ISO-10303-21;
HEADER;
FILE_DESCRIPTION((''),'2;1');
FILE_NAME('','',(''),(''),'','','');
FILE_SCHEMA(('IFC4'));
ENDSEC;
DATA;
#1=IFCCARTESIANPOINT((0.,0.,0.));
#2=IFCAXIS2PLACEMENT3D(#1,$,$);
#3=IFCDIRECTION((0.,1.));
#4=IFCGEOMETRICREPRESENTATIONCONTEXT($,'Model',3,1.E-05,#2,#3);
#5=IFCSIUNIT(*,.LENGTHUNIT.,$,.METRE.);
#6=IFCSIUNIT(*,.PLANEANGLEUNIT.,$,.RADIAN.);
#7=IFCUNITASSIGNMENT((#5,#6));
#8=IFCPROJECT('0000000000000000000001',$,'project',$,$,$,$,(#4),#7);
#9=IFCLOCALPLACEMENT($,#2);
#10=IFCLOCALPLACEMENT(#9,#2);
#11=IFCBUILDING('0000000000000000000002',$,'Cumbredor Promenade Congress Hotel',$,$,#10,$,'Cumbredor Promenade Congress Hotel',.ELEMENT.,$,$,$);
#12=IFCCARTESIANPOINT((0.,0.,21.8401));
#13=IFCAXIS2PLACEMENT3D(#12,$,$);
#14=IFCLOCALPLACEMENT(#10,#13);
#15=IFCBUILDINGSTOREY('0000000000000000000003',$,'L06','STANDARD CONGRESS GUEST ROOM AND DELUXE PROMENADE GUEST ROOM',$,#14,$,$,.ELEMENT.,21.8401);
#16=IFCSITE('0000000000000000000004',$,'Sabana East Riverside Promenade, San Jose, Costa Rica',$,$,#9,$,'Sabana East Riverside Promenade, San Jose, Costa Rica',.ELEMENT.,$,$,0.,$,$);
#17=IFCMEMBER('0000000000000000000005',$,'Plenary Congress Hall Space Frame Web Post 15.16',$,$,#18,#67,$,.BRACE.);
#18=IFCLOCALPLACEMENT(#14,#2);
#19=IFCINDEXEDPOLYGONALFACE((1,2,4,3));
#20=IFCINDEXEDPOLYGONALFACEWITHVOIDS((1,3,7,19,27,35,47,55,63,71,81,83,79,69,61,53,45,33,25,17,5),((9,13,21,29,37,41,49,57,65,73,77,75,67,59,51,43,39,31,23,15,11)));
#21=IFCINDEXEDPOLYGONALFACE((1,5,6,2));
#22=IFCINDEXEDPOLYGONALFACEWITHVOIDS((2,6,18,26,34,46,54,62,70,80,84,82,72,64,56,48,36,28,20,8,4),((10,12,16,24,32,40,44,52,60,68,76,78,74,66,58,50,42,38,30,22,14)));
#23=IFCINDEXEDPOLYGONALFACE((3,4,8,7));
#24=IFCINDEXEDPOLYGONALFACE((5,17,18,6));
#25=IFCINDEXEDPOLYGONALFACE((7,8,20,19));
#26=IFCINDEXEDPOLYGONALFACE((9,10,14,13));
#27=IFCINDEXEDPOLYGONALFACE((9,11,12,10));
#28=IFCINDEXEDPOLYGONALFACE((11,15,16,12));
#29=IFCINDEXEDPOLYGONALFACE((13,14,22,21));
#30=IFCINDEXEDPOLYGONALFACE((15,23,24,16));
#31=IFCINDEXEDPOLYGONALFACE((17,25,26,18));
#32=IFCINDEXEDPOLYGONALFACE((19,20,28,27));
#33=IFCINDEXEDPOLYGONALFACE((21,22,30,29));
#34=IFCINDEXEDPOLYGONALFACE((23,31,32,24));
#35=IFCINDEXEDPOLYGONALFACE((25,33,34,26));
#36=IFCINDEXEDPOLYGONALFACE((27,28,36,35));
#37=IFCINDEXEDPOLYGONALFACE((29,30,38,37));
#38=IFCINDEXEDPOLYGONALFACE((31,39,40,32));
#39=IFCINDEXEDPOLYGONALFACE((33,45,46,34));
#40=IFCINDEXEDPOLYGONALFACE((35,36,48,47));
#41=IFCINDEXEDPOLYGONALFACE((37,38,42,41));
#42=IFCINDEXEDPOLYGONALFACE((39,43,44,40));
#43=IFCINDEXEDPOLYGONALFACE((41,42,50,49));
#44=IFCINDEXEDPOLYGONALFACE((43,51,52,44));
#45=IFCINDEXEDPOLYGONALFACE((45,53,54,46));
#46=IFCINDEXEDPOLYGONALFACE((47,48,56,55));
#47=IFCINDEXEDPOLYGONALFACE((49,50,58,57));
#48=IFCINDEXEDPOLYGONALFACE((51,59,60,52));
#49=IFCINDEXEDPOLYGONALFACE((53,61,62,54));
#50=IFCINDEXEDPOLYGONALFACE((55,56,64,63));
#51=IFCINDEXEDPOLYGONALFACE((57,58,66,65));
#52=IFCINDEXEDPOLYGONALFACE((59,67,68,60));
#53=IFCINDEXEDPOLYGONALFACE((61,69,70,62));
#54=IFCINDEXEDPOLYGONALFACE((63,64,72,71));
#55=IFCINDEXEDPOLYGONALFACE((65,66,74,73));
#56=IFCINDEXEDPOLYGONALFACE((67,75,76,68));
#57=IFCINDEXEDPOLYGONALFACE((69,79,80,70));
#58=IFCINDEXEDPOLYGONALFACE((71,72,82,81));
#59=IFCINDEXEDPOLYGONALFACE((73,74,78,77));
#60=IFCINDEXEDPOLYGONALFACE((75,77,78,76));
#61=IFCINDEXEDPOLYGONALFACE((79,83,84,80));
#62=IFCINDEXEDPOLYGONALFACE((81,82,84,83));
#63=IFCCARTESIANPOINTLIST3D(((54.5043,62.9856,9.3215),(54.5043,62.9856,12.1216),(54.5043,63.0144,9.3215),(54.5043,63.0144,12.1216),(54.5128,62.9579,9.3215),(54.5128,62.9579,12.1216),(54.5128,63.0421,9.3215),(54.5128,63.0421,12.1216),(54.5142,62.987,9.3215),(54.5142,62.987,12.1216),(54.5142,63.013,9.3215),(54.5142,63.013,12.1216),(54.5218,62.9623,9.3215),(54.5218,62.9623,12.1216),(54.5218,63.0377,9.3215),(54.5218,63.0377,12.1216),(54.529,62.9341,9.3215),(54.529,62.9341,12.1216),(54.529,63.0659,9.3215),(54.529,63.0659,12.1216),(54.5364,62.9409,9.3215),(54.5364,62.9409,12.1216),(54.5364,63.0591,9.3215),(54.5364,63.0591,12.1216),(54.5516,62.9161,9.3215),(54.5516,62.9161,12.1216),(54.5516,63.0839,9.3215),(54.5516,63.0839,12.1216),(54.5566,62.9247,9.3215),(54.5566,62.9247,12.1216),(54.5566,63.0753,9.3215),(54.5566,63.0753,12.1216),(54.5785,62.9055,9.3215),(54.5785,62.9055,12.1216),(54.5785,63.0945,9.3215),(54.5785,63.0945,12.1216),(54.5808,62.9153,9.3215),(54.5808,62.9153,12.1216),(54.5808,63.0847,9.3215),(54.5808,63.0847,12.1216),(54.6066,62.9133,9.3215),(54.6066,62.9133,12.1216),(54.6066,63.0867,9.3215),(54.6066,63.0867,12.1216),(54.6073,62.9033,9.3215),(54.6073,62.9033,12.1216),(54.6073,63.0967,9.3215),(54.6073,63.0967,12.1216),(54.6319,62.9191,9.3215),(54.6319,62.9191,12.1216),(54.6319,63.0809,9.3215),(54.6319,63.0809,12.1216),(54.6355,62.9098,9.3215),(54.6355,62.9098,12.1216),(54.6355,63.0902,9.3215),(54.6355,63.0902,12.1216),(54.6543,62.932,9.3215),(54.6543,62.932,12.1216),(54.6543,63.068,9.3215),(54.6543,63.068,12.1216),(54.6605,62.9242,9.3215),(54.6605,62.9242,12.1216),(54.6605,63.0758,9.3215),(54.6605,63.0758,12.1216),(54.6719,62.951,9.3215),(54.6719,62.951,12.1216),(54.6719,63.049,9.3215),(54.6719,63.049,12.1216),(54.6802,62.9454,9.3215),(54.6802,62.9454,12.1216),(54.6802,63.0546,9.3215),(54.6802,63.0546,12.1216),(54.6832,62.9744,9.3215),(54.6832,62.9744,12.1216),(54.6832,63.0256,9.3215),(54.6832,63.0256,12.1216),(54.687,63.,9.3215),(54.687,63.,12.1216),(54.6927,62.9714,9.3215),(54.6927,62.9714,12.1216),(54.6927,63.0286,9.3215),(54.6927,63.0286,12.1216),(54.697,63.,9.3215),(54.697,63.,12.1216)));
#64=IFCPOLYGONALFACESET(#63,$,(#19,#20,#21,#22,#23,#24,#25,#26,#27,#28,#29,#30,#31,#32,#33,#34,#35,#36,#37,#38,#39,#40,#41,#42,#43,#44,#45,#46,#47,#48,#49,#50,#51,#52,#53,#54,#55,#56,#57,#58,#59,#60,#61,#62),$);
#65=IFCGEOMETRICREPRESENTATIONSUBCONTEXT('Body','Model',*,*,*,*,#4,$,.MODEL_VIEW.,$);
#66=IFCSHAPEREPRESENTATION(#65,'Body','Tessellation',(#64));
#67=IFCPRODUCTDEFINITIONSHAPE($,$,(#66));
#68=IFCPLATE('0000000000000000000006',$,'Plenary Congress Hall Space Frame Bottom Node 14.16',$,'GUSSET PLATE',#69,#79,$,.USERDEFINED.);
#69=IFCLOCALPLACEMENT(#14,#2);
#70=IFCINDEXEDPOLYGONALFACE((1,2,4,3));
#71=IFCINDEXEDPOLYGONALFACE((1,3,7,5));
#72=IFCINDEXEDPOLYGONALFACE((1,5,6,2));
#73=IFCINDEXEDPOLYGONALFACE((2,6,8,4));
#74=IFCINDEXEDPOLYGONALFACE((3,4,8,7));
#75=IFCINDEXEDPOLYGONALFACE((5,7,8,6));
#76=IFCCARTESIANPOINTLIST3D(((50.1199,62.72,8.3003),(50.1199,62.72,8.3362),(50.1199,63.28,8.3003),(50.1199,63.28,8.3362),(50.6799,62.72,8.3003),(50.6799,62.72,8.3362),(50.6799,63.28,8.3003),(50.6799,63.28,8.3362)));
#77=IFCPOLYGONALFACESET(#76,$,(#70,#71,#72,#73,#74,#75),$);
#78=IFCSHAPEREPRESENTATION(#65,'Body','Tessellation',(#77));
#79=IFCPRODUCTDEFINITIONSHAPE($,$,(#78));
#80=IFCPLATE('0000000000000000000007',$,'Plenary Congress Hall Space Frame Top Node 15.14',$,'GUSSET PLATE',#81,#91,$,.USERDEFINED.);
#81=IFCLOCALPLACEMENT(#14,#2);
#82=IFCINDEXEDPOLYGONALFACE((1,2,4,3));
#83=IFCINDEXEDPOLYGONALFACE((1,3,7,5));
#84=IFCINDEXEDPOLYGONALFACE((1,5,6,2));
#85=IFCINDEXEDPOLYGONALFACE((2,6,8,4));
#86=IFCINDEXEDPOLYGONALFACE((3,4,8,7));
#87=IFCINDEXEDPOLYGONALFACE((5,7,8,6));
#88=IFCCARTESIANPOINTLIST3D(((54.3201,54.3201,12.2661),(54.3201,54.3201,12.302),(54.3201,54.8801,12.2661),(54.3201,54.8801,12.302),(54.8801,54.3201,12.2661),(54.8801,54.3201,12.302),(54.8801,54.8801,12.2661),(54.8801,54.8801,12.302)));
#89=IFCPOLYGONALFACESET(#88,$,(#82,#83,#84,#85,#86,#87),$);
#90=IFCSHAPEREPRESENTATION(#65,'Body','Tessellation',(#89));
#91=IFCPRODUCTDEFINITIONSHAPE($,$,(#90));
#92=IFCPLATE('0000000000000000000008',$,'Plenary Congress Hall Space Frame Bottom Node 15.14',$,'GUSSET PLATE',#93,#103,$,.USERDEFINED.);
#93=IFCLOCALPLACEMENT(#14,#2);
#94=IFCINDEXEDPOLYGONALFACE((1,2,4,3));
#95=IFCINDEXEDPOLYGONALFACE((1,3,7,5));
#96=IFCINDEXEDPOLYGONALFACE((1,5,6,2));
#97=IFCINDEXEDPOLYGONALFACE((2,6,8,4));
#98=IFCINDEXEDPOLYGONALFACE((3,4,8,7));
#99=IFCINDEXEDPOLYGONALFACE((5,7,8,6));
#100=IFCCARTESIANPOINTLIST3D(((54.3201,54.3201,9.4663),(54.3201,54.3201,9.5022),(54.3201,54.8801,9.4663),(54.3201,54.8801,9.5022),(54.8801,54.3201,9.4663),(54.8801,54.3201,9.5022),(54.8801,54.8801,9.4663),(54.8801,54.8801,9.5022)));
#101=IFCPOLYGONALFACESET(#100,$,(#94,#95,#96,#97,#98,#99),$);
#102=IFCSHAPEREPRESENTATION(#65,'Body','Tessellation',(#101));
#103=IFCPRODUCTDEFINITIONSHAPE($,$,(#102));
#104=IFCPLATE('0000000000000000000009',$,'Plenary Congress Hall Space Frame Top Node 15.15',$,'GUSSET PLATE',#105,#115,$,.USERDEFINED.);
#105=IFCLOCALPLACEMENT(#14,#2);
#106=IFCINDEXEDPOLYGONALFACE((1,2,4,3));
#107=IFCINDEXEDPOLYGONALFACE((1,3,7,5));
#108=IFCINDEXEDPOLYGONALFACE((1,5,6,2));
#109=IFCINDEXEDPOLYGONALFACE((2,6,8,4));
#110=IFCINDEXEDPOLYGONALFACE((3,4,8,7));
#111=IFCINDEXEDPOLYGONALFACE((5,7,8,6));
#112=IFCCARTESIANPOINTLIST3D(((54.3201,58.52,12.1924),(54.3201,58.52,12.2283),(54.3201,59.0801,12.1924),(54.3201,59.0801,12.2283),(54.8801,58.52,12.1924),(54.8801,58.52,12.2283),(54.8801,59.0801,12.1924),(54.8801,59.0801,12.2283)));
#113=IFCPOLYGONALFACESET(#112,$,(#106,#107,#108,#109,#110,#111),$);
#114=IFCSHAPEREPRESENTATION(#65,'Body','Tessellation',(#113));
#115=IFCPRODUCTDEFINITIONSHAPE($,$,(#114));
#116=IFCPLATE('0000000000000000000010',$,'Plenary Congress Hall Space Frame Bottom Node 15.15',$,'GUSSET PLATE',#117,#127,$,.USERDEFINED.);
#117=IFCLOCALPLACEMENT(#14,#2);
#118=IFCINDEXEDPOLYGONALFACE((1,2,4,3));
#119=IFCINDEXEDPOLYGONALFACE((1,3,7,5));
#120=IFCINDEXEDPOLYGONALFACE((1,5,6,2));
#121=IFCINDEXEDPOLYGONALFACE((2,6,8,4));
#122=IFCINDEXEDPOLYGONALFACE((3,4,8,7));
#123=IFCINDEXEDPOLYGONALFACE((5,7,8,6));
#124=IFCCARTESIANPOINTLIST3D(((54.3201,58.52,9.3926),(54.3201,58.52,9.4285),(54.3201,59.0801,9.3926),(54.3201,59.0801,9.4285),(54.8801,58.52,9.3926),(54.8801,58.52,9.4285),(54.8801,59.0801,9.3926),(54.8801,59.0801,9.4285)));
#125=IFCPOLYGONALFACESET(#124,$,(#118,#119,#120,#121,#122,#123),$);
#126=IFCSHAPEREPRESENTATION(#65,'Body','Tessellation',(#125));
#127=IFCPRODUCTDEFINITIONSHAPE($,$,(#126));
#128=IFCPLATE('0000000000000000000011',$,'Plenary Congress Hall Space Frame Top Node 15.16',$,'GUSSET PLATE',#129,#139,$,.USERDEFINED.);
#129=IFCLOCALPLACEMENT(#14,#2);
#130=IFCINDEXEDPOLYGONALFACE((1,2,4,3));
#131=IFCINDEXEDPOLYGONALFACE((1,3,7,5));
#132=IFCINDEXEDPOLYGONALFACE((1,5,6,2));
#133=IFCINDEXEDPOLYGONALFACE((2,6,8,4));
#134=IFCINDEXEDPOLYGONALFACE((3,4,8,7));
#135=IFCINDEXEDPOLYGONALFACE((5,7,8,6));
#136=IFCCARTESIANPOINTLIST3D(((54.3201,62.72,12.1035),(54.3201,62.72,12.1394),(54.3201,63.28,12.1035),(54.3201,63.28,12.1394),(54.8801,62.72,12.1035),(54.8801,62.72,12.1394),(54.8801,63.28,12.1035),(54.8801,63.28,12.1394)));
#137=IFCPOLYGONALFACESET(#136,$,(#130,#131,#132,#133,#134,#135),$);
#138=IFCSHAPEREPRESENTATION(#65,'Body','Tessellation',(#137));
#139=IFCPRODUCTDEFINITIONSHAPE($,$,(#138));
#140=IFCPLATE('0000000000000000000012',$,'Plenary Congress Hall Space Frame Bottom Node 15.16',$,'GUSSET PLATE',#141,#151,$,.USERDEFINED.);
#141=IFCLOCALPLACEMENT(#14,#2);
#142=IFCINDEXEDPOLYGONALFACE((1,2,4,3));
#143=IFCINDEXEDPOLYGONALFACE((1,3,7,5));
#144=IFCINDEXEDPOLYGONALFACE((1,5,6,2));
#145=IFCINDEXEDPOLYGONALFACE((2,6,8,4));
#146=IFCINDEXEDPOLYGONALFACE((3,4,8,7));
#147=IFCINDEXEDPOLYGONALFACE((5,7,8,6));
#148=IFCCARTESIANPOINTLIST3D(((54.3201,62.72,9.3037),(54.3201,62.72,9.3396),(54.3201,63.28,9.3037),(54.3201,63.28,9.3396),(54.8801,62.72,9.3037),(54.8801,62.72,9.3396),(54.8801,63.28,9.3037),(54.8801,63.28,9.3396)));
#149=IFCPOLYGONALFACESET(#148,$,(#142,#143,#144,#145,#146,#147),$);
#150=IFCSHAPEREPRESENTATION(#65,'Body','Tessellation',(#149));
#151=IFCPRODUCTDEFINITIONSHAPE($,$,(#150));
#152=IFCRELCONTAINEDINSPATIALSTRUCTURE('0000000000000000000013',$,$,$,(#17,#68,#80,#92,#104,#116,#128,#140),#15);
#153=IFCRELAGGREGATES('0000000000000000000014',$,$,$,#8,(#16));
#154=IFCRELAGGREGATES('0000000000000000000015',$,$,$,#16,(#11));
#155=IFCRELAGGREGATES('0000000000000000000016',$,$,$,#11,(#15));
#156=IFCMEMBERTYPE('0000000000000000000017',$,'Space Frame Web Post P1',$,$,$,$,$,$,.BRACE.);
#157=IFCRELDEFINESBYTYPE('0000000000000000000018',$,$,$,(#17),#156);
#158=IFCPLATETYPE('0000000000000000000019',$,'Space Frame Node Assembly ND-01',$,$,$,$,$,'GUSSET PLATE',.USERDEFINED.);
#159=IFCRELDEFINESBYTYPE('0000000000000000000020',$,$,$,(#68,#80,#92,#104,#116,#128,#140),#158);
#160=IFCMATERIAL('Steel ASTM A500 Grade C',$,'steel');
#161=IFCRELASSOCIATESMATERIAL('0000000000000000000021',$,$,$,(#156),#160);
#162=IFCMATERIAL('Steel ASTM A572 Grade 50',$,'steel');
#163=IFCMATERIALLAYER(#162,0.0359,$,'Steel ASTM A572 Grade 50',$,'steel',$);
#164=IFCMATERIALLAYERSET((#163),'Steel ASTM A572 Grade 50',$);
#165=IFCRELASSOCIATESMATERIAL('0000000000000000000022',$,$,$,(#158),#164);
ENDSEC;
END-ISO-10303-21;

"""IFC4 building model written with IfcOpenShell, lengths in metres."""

from ifc_helpers import new_model, si_unit, direction, frame, origin, origin_2d, place, context, subcontext, project, spatial, rectangle, hollow_circle, extrude, material, layer, layer_set, material_profile, profile_set, type_object, element, save


model = new_model("IFC4")

# Units and contexts
model_context = context("Model", 3, precision=1e-05, world=origin(), true_north=direction((0.0, 1.0)))
body_context = subcontext(model_context, "Body", "Model", "MODEL_VIEW")
ifc_project = project(units=[si_unit("LENGTHUNIT", "METRE"), si_unit("PLANEANGLEUNIT", "RADIAN")], contexts=[model_context])

# Site, building, storey
site_placement = place(None, origin())
site = spatial("IfcSite", under=ifc_project, at=site_placement, Name="Sabana East Riverside Promenade, San Jose, Costa Rica", LongName="Sabana East Riverside Promenade, San Jose, Costa Rica", CompositionType="ELEMENT", RefElevation=0.0)
building_placement = place(site_placement, origin())
building = spatial("IfcBuilding", under=site, at=building_placement, Name="Cumbredor Promenade Congress Hotel", LongName="Cumbredor Promenade Congress Hotel", CompositionType="ELEMENT")
storey_placement = place(building_placement, frame((0.0, 0.0, 21.8401)))
storey = spatial("IfcBuildingStorey", under=building, at=storey_placement, Name="L06", Description="STANDARD CONGRESS GUEST ROOM AND DELUXE PROMENADE GUEST ROOM", CompositionType="ELEMENT", Elevation=21.8401)

# Member
ifc_material_1 = material(Name="Steel ASTM A500 Grade C", Category="steel")
ifc_material_profile_1 = material_profile(ifc_material_1, hollow_circle(Radius=0.0969, WallThickness=0.01, at=origin_2d()), Name="CHS 193.7x10")
ifc_profile_set_1 = profile_set([ifc_material_profile_1], Name="Steel ASTM A500 Grade C")
member_type_1 = type_object("IfcMemberType", Name="Space Frame Web Post P1", PredefinedType="BRACE", material=ifc_profile_set_1)
member_1_placement = place(storey_placement, frame((54.6001, 63.0, 9.3215), z_axis=(0.0, 0.0, 1.0), x_axis=(1.0, 0.0, 0.0)))
element("IfcMember", 1, at=member_1_placement, inside=storey, type_object=member_type_1, Name="Plenary Congress Hall Space Frame Web Post 15.16", PredefinedType="BRACE", context=body_context, shape_type="SweptSolid", body=[
    extrude(hollow_circle(Radius=0.0969, WallThickness=0.01, at=origin_2d()), origin(), (0.0, 0.0, 1.0), 2.8),
])

# Plates
ifc_material_2 = material(Name="Steel ASTM A572 Grade 50", Category="steel")
ifc_layer = layer(ifc_material_2, 0.0359, Name="Steel ASTM A572 Grade 50", Category="steel")
ifc_layer_set = layer_set([ifc_layer], Name="Steel ASTM A572 Grade 50")
plate_type = type_object("IfcPlateType", Name="Space Frame Node Assembly ND-01", ElementType="GUSSET PLATE", PredefinedType="USERDEFINED", material=ifc_layer_set)
for number, where, z_axis, x_axis, name in (
    (2, (50.3999, 63.0, 8.3003), (0.0, 0.0, 1.0), (1.0, 0.0, 0.0), "Plenary Congress Hall Space Frame Bottom Node 14.16"),
    (3, (54.6001, 54.6001, 12.2661), (0.0, 0.0, 1.0), (1.0, 0.0, 0.0), "Plenary Congress Hall Space Frame Top Node 15.14"),
    (4, (54.6001, 54.6001, 9.4663), (0.0, 0.0, 1.0), (1.0, 0.0, 0.0), "Plenary Congress Hall Space Frame Bottom Node 15.14"),
    (5, (54.6001, 58.8, 12.1924), (0.0, 0.0, 1.0), (1.0, 0.0, 0.0), "Plenary Congress Hall Space Frame Top Node 15.15"),
    (6, (54.6001, 58.8, 9.3926), (0.0, 0.0, 1.0), (1.0, 0.0, 0.0), "Plenary Congress Hall Space Frame Bottom Node 15.15"),
    (7, (54.6001, 63.0, 12.1035), (0.0, 0.0, 1.0), (1.0, 0.0, 0.0), "Plenary Congress Hall Space Frame Top Node 15.16"),
    (8, (54.6001, 63.0, 9.3037), (0.0, 0.0, 1.0), (1.0, 0.0, 0.0), "Plenary Congress Hall Space Frame Bottom Node 15.16"),
):
    element("IfcPlate", number, at=place(storey_placement, frame(where, z_axis=z_axis, x_axis=x_axis)), inside=storey, type_object=plate_type, Name=name, ObjectType="GUSSET PLATE", PredefinedType="USERDEFINED", context=body_context, shape_type="SweptSolid", body=[
        extrude(rectangle(XDim=0.5601, YDim=0.5601, at=origin_2d()), origin(), (0.0, 0.0, 1.0), 0.0359),
    ])

save(model, "model.ifc")
